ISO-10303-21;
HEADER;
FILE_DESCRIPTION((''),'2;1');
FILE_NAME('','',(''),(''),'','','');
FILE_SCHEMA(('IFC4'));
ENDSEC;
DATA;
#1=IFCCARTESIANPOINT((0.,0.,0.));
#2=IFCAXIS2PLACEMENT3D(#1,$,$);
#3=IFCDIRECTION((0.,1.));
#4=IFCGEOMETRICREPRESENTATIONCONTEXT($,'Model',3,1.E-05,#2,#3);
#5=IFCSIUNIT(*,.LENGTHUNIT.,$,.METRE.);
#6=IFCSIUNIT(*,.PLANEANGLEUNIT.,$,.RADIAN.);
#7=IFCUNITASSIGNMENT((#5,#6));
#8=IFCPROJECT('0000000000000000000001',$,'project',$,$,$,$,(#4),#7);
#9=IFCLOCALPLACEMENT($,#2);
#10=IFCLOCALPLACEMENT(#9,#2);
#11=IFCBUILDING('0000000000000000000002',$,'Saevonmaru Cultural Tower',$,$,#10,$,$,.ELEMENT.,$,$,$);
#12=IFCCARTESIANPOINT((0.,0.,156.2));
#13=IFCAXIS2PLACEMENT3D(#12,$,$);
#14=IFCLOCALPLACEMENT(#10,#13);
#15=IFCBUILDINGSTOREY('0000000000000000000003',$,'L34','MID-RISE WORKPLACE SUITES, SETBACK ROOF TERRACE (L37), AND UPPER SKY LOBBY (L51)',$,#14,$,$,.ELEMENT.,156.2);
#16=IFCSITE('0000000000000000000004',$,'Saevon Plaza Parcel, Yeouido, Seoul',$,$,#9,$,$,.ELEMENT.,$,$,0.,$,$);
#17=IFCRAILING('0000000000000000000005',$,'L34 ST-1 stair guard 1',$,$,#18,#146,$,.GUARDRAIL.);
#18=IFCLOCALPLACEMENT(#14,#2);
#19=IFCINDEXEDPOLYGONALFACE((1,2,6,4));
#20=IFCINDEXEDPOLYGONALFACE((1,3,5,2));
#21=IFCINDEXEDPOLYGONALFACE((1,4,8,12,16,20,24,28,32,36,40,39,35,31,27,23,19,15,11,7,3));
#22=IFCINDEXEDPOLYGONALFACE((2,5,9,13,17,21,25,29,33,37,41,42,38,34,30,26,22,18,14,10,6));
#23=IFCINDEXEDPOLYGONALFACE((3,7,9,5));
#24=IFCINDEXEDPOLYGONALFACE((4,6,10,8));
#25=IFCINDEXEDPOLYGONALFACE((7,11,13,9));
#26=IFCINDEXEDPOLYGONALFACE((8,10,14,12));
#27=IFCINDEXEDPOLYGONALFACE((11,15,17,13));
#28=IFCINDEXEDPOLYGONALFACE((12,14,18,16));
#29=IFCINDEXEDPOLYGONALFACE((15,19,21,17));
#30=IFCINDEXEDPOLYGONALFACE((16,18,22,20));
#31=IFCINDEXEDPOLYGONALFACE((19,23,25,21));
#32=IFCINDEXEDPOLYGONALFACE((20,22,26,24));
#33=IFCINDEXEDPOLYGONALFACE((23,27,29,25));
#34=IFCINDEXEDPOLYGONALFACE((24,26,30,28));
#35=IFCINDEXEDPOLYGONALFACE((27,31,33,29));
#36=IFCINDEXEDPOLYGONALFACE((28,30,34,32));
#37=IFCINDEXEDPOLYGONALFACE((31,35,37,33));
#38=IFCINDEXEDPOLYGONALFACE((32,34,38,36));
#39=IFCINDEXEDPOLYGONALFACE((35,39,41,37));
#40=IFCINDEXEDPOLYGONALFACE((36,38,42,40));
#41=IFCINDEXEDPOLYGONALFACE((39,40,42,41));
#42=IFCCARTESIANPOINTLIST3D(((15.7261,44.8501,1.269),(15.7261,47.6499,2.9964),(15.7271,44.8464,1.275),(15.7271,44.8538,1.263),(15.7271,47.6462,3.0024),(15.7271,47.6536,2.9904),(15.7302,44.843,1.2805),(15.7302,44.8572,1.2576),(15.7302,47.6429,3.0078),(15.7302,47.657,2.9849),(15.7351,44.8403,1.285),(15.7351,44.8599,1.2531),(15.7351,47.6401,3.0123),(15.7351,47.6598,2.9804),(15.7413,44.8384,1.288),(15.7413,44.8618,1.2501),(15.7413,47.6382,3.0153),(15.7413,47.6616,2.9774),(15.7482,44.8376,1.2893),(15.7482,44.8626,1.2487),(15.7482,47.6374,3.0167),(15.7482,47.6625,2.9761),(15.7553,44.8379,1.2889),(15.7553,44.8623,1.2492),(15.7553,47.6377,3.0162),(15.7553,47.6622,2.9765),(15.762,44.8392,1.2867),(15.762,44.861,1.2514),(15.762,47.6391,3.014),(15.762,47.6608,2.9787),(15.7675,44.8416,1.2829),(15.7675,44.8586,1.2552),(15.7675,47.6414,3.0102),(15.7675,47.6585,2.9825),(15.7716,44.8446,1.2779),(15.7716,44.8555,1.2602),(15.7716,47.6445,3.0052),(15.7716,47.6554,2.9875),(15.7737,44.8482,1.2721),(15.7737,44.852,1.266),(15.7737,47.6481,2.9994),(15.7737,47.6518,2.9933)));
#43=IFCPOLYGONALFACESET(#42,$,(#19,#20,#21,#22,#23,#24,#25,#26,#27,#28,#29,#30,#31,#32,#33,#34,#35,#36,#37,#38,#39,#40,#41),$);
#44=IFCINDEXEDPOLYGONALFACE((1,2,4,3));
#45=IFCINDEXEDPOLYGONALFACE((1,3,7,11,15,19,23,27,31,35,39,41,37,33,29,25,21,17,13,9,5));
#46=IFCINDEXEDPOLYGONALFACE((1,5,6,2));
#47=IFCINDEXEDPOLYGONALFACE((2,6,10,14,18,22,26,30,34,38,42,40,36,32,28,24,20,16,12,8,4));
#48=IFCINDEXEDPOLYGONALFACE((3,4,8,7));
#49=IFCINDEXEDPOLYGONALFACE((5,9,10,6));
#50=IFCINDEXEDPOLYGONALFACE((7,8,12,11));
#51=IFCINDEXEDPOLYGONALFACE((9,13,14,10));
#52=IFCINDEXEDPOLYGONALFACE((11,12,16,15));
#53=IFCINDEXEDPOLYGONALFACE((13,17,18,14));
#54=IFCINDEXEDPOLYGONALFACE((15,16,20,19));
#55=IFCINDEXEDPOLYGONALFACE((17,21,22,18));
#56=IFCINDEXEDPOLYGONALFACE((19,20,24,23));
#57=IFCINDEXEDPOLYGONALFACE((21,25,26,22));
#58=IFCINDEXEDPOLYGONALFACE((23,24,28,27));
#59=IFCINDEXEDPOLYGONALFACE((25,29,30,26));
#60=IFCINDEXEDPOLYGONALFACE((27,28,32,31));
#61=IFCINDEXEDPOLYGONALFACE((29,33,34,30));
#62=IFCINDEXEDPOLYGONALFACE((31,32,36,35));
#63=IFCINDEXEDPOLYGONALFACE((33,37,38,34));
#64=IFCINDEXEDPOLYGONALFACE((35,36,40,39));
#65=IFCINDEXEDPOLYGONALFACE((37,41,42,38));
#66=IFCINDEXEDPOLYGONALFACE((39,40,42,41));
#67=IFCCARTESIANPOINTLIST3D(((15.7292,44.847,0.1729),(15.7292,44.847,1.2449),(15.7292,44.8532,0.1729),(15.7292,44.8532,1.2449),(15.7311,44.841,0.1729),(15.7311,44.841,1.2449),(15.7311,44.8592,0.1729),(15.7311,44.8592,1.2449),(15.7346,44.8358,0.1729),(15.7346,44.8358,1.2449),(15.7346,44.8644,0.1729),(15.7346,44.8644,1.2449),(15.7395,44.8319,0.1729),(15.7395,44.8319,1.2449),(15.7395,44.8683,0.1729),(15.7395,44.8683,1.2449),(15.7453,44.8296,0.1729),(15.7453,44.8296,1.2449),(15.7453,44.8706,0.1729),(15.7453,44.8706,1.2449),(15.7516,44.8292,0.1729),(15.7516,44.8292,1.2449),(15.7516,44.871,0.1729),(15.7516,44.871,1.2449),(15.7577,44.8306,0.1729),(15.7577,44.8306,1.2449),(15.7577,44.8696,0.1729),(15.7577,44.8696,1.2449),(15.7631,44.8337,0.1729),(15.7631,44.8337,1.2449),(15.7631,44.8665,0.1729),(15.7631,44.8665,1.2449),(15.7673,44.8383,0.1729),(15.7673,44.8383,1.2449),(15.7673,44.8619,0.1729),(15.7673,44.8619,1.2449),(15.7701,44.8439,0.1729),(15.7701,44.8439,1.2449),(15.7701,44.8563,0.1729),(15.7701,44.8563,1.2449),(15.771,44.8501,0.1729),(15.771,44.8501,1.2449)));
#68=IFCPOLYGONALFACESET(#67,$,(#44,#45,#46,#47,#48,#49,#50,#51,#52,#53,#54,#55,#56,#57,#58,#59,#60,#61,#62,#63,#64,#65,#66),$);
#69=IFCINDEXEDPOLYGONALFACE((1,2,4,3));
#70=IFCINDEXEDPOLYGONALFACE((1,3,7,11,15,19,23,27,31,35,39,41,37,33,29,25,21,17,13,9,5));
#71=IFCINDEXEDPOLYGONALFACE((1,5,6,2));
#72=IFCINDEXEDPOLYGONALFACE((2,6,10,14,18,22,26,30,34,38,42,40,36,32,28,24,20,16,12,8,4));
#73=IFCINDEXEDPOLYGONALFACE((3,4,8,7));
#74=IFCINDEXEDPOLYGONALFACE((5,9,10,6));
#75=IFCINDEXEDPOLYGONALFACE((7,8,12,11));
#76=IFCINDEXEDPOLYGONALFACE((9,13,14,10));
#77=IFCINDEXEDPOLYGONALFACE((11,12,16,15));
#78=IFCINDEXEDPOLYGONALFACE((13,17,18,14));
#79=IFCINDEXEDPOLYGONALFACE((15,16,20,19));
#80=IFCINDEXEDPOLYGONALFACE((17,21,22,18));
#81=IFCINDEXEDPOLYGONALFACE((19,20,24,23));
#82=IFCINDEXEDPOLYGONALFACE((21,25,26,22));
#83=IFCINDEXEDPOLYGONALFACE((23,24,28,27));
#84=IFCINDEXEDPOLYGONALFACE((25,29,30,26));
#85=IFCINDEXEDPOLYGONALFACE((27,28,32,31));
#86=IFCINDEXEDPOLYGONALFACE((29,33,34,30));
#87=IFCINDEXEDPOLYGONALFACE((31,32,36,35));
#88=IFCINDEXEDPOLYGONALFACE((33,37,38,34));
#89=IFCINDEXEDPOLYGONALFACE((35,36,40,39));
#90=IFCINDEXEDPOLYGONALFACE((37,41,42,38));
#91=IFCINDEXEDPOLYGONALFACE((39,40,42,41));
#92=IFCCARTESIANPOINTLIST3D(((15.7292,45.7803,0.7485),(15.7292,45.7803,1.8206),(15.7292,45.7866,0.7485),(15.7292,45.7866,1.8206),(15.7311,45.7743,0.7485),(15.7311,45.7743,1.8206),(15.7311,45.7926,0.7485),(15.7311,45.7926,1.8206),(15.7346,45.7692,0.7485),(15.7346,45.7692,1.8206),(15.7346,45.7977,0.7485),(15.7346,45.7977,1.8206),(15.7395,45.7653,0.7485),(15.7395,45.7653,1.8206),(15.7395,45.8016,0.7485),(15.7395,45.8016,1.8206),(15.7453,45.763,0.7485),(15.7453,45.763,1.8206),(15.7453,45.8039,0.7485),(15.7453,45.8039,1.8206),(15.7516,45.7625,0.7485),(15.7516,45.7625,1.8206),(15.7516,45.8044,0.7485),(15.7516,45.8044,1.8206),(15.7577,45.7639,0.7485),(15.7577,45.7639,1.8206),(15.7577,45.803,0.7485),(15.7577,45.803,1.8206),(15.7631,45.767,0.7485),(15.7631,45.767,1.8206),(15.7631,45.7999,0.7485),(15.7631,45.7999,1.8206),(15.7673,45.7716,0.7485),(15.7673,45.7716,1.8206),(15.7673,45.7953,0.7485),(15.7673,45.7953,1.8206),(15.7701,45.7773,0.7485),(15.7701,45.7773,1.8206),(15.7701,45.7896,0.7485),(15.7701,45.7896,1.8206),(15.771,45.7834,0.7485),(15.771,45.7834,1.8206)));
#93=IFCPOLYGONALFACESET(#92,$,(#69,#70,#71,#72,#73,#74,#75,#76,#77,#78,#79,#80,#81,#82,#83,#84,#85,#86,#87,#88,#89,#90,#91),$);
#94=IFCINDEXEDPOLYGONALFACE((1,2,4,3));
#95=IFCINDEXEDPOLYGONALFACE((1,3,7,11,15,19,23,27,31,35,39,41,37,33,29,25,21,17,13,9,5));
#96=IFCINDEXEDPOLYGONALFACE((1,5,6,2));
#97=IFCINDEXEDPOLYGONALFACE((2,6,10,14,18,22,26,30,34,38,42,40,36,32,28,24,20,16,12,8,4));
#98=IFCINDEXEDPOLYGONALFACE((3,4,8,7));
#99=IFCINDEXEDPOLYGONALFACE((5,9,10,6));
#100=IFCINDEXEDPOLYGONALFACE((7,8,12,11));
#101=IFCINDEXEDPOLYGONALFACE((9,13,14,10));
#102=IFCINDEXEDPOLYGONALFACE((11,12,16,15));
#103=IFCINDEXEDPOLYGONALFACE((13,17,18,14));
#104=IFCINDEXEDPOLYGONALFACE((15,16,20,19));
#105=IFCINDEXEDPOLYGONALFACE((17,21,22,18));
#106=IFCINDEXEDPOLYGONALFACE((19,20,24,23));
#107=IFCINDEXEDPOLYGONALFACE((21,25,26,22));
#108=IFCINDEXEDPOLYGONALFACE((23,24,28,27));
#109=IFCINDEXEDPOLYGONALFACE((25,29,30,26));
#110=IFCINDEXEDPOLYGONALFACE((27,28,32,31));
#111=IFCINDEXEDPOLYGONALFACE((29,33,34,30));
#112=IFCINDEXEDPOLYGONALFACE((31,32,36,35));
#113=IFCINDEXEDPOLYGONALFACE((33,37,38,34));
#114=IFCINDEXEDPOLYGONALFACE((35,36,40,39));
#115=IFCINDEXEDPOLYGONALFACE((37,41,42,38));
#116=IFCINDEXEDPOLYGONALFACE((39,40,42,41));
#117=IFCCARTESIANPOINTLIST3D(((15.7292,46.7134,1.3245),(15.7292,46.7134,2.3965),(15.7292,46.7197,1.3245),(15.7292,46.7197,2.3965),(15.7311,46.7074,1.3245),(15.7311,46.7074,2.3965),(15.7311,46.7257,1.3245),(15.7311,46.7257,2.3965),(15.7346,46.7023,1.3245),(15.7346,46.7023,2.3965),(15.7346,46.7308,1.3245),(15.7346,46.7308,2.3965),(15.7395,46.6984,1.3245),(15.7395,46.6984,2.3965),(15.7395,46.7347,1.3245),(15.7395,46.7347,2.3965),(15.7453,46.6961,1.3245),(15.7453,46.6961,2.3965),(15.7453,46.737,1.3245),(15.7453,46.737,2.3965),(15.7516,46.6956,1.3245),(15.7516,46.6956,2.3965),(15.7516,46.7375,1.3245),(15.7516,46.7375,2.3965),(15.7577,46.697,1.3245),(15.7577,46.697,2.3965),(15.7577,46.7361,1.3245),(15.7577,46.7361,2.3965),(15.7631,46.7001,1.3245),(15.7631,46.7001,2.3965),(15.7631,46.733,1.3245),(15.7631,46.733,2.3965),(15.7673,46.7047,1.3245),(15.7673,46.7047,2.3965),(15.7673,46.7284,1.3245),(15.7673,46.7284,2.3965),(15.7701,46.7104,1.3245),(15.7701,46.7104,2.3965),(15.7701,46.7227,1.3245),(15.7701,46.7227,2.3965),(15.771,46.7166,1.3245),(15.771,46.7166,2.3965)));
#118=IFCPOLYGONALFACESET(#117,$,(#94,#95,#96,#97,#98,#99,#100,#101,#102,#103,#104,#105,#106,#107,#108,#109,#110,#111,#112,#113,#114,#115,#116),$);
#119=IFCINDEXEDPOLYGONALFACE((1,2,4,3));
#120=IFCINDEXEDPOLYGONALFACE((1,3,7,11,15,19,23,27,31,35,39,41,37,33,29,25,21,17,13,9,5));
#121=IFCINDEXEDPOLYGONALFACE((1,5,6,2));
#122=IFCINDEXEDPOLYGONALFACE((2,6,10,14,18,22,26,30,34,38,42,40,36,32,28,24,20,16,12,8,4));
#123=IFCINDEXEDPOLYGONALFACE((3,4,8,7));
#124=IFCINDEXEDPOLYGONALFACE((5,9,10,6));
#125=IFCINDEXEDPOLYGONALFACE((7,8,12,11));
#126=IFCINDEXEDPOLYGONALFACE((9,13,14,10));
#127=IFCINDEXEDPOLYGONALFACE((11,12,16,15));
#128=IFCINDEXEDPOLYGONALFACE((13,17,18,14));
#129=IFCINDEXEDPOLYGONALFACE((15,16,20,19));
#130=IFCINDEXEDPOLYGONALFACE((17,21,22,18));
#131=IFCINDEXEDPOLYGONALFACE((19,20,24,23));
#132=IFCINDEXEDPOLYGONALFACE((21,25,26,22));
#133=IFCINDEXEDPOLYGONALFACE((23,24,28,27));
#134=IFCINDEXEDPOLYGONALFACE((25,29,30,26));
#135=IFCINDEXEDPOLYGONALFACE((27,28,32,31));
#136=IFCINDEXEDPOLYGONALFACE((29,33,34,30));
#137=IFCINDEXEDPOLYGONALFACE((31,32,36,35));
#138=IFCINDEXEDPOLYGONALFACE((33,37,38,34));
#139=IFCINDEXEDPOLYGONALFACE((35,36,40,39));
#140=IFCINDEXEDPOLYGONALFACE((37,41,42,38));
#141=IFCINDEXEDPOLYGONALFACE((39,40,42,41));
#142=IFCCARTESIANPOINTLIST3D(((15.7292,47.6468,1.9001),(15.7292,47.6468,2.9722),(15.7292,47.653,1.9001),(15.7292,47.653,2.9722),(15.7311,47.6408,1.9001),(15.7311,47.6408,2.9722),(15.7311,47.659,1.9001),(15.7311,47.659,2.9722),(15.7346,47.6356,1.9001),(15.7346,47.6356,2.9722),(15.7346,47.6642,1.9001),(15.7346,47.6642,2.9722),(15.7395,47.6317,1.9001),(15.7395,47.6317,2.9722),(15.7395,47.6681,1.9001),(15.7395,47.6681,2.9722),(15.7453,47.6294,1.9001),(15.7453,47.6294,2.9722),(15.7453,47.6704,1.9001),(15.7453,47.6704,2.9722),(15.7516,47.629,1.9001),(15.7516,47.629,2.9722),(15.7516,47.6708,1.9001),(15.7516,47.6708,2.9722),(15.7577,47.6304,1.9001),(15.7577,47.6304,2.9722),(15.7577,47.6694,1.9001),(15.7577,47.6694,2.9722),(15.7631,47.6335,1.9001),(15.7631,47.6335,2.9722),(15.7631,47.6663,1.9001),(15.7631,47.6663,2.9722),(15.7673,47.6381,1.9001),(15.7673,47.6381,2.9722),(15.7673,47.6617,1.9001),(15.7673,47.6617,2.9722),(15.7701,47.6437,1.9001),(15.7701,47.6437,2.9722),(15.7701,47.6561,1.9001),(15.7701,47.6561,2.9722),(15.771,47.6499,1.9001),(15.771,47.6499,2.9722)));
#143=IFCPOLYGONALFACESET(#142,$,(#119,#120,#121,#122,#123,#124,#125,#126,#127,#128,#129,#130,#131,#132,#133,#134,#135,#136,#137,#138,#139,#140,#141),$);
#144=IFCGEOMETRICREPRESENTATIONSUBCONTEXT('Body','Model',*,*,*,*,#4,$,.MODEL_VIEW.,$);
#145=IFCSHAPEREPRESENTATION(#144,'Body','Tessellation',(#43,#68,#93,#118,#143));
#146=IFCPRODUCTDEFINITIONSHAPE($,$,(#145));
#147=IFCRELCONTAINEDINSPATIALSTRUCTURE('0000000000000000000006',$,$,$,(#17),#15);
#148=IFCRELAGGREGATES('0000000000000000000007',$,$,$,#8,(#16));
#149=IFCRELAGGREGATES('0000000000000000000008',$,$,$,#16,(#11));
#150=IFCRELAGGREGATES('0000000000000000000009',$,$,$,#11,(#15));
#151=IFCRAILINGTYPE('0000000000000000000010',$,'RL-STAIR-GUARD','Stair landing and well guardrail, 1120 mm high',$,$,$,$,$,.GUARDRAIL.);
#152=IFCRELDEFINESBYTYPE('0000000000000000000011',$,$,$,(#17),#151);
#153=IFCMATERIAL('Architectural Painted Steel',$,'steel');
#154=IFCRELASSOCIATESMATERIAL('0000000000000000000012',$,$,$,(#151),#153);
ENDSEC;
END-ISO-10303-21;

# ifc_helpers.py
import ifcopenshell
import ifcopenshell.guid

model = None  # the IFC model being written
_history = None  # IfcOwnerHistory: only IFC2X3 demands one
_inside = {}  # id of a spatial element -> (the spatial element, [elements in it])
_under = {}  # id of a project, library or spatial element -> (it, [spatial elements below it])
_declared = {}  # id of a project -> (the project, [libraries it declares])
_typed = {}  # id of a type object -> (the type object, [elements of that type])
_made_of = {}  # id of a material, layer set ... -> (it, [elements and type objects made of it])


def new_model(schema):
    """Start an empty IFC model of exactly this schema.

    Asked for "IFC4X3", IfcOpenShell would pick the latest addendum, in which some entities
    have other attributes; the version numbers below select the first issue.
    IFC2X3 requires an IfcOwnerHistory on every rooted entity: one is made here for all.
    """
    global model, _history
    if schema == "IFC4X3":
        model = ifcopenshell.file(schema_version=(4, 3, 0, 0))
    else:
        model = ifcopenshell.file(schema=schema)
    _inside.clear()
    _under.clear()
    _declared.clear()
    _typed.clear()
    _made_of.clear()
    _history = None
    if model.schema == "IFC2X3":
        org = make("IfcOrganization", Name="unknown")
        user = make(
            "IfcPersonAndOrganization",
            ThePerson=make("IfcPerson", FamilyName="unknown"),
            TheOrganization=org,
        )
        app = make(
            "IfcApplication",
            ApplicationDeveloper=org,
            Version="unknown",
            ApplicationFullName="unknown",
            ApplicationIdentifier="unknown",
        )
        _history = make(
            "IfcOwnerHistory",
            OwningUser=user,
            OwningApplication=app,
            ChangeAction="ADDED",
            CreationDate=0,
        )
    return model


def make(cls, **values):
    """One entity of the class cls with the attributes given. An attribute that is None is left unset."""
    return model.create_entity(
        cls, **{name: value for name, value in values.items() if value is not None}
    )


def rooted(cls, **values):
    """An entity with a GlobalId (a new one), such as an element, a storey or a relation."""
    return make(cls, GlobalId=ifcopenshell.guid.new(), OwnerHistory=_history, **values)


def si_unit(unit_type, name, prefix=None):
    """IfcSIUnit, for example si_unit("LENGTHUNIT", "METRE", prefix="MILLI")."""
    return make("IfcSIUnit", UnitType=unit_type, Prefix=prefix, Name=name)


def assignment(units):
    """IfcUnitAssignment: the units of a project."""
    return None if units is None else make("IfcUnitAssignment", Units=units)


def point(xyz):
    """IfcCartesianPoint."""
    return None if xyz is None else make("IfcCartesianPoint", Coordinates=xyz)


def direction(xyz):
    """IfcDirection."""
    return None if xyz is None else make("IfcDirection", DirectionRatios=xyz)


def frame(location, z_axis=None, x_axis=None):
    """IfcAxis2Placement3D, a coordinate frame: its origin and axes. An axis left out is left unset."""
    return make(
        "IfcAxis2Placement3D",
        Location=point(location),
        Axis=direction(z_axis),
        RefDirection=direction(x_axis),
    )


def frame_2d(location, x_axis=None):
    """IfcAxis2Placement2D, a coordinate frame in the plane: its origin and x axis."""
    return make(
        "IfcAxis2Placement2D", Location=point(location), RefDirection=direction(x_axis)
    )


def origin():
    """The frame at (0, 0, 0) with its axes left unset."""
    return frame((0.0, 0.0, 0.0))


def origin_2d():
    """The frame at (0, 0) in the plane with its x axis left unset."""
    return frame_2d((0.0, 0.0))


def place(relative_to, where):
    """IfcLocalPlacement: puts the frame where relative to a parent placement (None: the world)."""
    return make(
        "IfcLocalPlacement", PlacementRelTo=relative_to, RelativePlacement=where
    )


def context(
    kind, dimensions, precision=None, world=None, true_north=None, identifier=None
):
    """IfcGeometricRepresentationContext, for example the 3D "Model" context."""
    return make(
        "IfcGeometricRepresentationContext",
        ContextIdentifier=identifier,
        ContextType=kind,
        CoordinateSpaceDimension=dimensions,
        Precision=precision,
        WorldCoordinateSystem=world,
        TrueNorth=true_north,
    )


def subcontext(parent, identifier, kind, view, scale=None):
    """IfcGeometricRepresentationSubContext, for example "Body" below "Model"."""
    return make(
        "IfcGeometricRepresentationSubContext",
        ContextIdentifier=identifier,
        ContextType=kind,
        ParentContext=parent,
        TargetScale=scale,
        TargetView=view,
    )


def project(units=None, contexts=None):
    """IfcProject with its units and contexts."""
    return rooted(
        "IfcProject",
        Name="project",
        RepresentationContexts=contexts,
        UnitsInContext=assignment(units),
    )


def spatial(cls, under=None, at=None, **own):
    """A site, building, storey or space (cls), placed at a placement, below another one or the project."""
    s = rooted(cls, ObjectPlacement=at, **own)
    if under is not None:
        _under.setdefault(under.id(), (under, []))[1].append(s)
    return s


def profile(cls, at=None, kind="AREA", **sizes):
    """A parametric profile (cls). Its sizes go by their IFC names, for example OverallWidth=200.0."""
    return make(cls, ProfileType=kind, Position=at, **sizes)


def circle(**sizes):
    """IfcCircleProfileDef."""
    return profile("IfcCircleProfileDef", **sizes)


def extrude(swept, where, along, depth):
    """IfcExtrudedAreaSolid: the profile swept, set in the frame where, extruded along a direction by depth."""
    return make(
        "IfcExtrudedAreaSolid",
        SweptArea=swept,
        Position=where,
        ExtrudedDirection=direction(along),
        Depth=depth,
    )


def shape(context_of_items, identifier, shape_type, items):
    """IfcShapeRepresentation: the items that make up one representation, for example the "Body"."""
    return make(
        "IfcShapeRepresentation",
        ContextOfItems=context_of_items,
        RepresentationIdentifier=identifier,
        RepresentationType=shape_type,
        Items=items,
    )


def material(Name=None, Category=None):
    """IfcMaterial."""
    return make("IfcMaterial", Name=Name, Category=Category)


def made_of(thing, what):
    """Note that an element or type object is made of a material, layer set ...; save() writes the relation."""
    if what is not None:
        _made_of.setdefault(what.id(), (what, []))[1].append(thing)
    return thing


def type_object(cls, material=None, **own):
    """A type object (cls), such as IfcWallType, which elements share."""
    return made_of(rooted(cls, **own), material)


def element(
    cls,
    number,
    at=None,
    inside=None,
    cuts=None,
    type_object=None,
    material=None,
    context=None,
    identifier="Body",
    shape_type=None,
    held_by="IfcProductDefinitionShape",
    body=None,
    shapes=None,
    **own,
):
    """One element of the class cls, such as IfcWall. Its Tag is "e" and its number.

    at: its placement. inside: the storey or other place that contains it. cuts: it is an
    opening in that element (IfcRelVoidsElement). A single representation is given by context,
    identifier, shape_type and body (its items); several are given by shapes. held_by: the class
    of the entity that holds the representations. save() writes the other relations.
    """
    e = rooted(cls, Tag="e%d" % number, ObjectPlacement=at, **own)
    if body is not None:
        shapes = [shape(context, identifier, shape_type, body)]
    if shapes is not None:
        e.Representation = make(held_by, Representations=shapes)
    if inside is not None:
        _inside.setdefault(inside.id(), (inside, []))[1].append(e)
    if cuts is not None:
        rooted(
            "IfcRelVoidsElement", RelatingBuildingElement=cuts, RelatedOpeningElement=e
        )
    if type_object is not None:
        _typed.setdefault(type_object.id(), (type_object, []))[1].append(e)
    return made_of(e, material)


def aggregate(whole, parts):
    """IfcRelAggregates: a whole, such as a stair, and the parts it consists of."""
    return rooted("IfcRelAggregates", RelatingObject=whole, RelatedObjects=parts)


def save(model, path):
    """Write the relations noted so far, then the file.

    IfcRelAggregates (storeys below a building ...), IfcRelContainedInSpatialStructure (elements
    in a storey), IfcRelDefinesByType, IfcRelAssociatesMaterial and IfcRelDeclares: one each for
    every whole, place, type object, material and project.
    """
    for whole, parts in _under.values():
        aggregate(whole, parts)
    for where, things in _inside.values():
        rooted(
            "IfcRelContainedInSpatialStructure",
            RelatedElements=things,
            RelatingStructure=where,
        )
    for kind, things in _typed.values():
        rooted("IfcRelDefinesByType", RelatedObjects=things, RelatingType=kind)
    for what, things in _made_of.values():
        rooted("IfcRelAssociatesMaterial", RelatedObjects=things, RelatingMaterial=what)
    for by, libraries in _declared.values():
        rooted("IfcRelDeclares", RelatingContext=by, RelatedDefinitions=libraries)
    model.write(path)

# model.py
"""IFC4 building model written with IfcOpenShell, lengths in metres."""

from ifc_helpers import new_model, si_unit, direction, frame, origin, origin_2d, place, context, subcontext, project, spatial, circle, extrude, material, type_object, element, save


model = new_model("IFC4")

# Units and contexts
model_context = context("Model", 3, precision=1e-05, world=origin(), true_north=direction((0.0, 1.0)))
body_context = subcontext(model_context, "Body", "Model", "MODEL_VIEW")
ifc_project = project(units=[si_unit("LENGTHUNIT", "METRE"), si_unit("PLANEANGLEUNIT", "RADIAN")], contexts=[model_context])

# Site, building, storey
site_placement = place(None, origin())
site = spatial("IfcSite", under=ifc_project, at=site_placement, Name="Saevon Plaza Parcel, Yeouido, Seoul", CompositionType="ELEMENT", RefElevation=0.0)
building_placement = place(site_placement, origin())
building = spatial("IfcBuilding", under=site, at=building_placement, Name="Saevonmaru Cultural Tower", CompositionType="ELEMENT")
storey_placement = place(building_placement, frame((0.0, 0.0, 156.2)))
storey = spatial("IfcBuildingStorey", under=building, at=storey_placement, Name="L34", Description="MID-RISE WORKPLACE SUITES, SETBACK ROOF TERRACE (L37), AND UPPER SKY LOBBY (L51)", CompositionType="ELEMENT", Elevation=156.2)

# Railing
ifc_material_1 = material(Name="Architectural Painted Steel", Category="steel")
railing_type_1 = type_object("IfcRailingType", Name="RL-STAIR-GUARD", Description="Stair landing and well guardrail, 1120 mm high", PredefinedType="GUARDRAIL", material=ifc_material_1)
railing_1_placement = place(storey_placement, frame((15.75, 44.8501, 0.1729)))
element("IfcRailing", 1, at=railing_1_placement, inside=storey, type_object=railing_type_1, Name="L34 ST-1 stair guard 1", PredefinedType="GUARDRAIL", context=body_context, shape_type="SweptSolid", body=[
    extrude(circle(Radius=0.0239, at=origin_2d()), frame((0.0, 0.0, 1.0962), z_axis=(0.0, 0.851069, 0.525054), x_axis=(-1.0, 0.0, 0.0)), (0.0, 0.0, 1.0), 3.2898),
    extrude(circle(Radius=0.021, at=origin_2d()), origin(), (0.0, 0.0, 1.0), 1.072),
    extrude(circle(Radius=0.021, at=origin_2d()), frame((0.0, 0.9333, 0.5757)), (0.0, 0.0, 1.0), 1.072),
    extrude(circle(Radius=0.021, at=origin_2d()), frame((0.0, 1.8665, 1.1516)), (0.0, 0.0, 1.0), 1.072),
    extrude(circle(Radius=0.021, at=origin_2d()), frame((0.0, 2.7998, 1.7273)), (0.0, 0.0, 1.0), 1.072),
])

save(model, "model.ifc")
